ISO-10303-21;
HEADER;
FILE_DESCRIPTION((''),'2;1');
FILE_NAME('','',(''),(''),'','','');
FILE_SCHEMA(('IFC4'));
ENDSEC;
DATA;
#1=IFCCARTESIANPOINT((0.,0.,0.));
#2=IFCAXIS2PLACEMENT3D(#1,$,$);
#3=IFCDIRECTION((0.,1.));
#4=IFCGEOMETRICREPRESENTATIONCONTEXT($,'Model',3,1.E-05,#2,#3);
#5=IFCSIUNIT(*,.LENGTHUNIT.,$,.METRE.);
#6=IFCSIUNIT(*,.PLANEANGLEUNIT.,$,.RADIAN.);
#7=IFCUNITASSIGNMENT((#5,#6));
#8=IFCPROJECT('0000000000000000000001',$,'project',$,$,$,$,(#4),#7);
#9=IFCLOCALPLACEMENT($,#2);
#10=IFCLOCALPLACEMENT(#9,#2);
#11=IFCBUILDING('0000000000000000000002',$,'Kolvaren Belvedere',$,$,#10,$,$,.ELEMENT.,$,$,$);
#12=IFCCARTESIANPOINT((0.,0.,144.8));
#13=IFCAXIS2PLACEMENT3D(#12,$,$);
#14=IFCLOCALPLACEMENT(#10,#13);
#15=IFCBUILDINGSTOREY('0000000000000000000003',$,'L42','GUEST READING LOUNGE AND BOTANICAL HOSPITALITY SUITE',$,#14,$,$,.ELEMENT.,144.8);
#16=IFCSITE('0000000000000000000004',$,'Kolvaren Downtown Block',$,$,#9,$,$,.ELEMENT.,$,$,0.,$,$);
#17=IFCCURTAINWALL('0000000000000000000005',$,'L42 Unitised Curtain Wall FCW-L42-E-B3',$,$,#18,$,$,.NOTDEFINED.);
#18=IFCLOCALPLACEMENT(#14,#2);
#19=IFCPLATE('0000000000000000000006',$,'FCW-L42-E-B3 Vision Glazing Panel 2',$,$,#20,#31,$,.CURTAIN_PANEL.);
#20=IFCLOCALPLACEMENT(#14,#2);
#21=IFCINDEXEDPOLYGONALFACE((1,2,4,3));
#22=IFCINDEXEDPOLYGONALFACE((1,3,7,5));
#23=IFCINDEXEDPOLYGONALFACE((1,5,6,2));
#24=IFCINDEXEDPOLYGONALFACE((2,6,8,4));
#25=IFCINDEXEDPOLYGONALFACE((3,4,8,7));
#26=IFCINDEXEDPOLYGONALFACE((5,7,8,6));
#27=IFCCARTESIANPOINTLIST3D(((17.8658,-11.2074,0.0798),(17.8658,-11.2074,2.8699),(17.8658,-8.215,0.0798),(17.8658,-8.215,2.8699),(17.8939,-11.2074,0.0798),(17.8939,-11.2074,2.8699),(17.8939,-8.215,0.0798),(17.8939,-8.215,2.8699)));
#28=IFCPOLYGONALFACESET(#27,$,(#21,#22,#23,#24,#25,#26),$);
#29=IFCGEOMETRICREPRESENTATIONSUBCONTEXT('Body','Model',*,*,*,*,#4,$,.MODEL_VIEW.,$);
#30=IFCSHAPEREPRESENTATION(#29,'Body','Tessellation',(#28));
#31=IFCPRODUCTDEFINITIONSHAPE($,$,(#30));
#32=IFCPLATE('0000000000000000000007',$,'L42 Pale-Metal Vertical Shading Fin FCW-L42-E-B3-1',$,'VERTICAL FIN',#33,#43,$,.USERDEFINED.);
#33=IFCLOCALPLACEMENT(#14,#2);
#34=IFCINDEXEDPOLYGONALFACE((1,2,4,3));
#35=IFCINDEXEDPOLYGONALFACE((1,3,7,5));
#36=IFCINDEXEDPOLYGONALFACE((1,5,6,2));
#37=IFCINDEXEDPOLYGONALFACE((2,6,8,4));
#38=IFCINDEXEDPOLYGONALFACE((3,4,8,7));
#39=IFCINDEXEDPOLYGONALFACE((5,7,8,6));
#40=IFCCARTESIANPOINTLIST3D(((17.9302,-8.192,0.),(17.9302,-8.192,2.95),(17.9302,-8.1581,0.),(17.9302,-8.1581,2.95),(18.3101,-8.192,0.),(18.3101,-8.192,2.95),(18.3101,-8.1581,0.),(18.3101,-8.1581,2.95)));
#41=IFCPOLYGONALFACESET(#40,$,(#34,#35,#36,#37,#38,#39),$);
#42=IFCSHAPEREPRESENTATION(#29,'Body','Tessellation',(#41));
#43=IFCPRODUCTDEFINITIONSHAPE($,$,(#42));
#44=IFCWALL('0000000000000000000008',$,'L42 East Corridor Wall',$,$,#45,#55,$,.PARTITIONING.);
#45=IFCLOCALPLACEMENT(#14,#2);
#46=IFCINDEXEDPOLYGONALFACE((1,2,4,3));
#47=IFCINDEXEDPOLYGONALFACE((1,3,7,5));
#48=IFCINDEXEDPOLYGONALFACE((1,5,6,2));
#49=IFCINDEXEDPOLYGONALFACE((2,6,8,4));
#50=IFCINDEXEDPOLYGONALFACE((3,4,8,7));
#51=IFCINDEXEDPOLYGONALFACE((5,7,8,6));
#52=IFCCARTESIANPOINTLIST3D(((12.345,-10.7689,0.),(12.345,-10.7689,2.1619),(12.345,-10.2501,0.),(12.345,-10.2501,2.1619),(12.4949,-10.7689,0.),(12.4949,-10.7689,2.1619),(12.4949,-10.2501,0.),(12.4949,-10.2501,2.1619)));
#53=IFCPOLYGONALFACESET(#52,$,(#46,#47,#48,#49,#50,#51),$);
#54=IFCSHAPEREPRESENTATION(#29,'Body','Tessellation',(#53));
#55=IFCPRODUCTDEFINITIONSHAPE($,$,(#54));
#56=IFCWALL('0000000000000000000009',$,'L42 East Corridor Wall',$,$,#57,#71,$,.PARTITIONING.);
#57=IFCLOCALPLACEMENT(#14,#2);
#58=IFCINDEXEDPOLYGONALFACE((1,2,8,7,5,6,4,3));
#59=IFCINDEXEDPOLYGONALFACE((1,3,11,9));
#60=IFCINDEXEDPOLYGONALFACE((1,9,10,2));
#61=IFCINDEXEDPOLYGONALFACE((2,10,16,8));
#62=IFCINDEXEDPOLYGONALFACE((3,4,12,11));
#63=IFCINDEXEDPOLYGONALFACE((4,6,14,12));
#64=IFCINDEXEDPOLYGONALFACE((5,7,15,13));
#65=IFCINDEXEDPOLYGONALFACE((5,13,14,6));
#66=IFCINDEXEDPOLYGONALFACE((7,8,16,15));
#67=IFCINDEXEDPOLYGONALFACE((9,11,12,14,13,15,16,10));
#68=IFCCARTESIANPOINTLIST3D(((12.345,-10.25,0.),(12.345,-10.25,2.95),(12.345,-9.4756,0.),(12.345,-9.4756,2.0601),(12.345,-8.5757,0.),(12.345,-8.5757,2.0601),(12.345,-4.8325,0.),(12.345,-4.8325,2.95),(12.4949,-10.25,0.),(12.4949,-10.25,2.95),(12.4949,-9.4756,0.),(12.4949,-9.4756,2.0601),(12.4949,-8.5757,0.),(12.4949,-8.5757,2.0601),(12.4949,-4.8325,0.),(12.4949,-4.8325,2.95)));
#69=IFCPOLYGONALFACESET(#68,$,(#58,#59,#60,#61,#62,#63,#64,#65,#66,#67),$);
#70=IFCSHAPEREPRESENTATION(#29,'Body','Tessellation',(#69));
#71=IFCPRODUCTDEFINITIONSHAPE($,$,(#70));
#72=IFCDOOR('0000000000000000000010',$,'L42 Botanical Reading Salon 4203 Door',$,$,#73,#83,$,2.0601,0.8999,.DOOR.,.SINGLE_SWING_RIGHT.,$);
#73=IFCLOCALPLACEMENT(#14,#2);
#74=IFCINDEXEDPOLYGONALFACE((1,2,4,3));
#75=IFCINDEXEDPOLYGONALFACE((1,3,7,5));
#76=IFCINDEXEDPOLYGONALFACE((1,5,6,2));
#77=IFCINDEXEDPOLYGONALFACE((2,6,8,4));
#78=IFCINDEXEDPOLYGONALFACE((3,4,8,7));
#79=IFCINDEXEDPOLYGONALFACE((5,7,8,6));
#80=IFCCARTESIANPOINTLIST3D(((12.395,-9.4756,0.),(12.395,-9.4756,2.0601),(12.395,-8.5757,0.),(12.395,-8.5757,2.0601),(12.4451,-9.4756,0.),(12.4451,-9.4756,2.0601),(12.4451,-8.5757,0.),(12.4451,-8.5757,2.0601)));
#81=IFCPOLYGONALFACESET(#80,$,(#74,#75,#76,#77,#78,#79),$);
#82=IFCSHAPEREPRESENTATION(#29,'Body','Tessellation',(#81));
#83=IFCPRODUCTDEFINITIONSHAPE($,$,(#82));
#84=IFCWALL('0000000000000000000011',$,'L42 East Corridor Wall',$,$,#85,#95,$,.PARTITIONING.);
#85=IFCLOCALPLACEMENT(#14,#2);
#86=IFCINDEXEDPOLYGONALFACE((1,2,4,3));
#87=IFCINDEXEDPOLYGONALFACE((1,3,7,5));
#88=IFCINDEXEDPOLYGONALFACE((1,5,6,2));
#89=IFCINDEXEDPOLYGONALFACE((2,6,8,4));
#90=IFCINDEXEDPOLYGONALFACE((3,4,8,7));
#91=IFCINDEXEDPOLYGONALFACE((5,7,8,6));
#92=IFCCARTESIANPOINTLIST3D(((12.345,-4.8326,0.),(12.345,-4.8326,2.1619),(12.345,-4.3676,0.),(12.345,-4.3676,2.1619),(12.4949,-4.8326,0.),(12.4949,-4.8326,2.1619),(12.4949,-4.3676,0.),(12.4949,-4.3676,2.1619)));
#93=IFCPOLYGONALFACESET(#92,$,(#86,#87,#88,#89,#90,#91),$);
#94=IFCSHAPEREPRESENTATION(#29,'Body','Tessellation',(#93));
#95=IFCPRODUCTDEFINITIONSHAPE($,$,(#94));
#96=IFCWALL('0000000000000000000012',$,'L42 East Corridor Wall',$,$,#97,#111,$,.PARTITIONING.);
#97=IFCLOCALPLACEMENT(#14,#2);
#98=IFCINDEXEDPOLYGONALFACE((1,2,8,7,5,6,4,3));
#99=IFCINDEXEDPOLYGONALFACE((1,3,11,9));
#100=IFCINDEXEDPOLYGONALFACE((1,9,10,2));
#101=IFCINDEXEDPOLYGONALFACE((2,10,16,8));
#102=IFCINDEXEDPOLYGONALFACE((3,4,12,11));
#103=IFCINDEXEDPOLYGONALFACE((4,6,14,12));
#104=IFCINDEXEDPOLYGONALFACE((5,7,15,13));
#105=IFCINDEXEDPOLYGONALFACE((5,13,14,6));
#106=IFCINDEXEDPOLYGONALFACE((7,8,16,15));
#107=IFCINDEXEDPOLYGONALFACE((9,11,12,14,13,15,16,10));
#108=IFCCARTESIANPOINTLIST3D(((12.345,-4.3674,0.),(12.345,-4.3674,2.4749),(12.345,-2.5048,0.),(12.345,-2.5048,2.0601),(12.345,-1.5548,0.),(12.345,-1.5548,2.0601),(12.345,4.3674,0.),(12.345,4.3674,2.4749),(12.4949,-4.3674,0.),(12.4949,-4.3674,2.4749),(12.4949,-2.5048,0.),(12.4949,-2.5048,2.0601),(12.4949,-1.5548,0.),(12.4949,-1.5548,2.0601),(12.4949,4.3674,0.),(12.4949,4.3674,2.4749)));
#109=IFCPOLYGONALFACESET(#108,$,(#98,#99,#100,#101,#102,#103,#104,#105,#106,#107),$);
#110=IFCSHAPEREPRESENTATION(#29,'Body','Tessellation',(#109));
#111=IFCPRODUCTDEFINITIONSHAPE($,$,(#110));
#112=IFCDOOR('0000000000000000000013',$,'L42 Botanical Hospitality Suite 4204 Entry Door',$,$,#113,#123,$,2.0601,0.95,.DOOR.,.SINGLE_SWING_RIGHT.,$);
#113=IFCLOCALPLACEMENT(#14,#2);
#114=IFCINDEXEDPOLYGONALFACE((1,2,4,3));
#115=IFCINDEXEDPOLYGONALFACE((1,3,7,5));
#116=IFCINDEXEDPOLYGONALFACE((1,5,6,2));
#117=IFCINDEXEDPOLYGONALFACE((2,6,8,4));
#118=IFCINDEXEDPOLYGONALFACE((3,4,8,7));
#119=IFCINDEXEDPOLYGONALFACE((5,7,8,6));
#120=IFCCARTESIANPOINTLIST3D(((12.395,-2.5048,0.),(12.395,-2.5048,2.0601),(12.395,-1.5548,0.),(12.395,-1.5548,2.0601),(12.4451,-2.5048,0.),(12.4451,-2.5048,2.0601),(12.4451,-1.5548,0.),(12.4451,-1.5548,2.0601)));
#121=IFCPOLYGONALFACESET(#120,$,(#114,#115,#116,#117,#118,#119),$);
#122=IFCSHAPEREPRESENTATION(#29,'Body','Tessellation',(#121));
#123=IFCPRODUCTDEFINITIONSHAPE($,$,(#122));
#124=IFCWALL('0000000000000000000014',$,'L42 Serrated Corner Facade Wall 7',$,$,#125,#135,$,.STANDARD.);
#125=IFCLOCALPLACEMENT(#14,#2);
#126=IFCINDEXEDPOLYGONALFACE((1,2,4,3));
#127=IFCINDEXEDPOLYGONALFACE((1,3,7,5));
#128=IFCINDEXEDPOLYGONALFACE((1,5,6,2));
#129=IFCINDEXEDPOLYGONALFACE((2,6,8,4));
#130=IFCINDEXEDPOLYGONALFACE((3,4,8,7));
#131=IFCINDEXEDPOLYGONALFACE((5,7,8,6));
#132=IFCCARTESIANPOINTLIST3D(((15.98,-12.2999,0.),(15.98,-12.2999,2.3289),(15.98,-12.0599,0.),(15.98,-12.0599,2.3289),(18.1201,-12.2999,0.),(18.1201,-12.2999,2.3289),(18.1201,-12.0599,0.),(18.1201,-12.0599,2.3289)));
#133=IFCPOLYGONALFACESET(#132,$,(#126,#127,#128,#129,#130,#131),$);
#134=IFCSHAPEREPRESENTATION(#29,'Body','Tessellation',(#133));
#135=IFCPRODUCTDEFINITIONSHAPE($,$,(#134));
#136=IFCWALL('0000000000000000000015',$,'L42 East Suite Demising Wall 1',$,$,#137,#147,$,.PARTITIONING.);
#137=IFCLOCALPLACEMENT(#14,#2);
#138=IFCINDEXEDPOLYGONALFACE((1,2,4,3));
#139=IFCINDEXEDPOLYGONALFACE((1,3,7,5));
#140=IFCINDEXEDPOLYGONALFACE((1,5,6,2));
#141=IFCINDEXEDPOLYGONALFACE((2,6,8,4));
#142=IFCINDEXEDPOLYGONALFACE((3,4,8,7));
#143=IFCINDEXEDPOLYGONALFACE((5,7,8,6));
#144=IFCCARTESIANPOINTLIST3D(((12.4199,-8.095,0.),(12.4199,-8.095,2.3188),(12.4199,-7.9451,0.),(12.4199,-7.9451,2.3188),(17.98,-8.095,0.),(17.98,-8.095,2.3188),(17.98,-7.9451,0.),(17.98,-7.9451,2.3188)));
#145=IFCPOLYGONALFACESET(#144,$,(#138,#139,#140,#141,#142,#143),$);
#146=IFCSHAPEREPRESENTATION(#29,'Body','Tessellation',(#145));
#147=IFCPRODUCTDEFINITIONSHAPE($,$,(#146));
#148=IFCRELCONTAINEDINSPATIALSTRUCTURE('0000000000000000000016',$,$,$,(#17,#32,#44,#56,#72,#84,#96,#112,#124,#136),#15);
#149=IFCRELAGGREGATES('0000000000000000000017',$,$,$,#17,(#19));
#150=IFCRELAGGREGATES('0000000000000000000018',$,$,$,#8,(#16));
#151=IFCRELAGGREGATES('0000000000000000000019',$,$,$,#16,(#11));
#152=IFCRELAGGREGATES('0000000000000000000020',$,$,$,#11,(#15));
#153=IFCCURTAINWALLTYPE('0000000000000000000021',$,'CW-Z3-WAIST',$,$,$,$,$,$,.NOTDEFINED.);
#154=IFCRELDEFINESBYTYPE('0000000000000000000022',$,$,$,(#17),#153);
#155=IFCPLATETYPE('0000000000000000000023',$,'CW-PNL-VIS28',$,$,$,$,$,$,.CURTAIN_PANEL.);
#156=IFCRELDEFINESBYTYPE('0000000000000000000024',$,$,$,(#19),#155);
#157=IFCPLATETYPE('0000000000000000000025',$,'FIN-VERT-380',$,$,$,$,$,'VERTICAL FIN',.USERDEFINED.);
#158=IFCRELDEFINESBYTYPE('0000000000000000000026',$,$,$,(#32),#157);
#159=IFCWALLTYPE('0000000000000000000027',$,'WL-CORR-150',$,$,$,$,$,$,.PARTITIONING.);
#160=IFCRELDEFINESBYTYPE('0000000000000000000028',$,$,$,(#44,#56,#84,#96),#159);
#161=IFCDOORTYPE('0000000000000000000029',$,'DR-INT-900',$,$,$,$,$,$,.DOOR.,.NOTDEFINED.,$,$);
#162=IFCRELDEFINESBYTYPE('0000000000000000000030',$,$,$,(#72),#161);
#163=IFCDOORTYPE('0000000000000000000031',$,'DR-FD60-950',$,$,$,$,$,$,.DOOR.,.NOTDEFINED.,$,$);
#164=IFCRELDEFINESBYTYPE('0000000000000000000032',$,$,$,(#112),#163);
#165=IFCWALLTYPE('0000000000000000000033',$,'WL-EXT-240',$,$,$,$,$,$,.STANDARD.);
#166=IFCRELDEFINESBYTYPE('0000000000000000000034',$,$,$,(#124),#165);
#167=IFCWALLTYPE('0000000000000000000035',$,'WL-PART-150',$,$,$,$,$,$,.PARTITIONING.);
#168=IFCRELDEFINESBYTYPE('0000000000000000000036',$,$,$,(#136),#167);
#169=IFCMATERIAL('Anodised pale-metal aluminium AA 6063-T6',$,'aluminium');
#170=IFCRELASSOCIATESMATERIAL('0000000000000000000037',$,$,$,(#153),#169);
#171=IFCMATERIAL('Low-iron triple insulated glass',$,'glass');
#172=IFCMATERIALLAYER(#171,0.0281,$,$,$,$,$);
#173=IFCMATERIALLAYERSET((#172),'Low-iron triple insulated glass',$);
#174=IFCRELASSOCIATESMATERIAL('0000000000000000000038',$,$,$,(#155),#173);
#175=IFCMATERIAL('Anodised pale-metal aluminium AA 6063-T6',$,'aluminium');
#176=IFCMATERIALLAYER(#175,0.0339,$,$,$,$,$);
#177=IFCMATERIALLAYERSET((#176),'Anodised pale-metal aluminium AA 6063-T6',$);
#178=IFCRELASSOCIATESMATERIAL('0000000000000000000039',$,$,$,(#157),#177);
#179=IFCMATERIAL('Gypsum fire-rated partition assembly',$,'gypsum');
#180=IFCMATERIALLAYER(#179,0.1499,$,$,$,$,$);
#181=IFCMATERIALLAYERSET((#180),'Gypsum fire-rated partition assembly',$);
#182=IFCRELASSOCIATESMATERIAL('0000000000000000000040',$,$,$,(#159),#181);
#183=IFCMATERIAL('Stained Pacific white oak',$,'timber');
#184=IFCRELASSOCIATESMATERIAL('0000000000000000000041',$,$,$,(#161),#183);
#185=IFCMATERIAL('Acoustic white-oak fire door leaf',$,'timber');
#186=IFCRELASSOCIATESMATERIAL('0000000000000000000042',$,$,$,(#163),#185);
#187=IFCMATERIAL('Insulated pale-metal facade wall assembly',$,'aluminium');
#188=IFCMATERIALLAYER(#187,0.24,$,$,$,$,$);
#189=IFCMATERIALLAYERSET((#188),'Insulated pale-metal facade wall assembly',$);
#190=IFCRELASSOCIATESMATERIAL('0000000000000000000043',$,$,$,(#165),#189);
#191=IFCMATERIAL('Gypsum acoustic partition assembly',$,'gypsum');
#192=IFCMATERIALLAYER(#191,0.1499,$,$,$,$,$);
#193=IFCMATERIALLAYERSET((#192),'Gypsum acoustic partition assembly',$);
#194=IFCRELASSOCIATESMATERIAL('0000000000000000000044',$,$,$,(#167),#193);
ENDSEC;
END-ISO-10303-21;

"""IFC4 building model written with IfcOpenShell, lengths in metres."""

from ifc_helpers import new_model, si_unit, direction, frame, frame_2d, origin, origin_2d, place, context, subcontext, project, spatial, rectangle, extrude, material, layer, layer_set, type_object, element, fill, aggregate, save


model = new_model("IFC4")

# Units and contexts
model_context = context("Model", 3, precision=1e-05, world=origin(), true_north=direction((0.0, 1.0)))
body_context = subcontext(model_context, "Body", "Model", "MODEL_VIEW")
ifc_project = project(units=[si_unit("LENGTHUNIT", "METRE"), si_unit("PLANEANGLEUNIT", "RADIAN")], contexts=[model_context])

# Site, building, storey
site_placement = place(None, origin())
site = spatial("IfcSite", under=ifc_project, at=site_placement, Name="Kolvaren Downtown Block", CompositionType="ELEMENT", RefElevation=0.0)
building_placement = place(site_placement, origin())
building = spatial("IfcBuilding", under=site, at=building_placement, Name="Kolvaren Belvedere", CompositionType="ELEMENT")
storey_placement = place(building_placement, frame((0.0, 0.0, 144.8)))
storey = spatial("IfcBuildingStorey", under=building, at=storey_placement, Name="L42", Description="GUEST READING LOUNGE AND BOTANICAL HOSPITALITY SUITE", CompositionType="ELEMENT", Elevation=144.8)

# Shared definitions
ifc_material_1 = material(Name="Anodised pale-metal aluminium AA 6063-T6", Category="aluminium")
curtain_wall_type = type_object("IfcCurtainWallType", Name="CW-Z3-WAIST", PredefinedType="NOTDEFINED", material=ifc_material_1)

# Curtain wall
curtain_wall_1_placement = place(storey_placement, origin())
curtain_wall_1 = element("IfcCurtainWall", 1, at=curtain_wall_1_placement, inside=storey, type_object=curtain_wall_type, Name="L42 Unitised Curtain Wall FCW-L42-E-B3", PredefinedType="NOTDEFINED")

# Plates
ifc_material_2 = material(Name="Low-iron triple insulated glass", Category="glass")
ifc_layer_1 = layer(ifc_material_2, 0.0281)
ifc_layer_set_1 = layer_set([ifc_layer_1], Name="Low-iron triple insulated glass")
plate_type_1 = type_object("IfcPlateType", Name="CW-PNL-VIS28", PredefinedType="CURTAIN_PANEL", material=ifc_layer_set_1)
plate_1_placement = place(storey_placement, frame((17.8799, -9.7112, 0.0798), z_axis=(0.0, 0.0, 1.0), x_axis=(0.0, -1.0, 0.0)))
plate_1 = element("IfcPlate", 2, at=plate_1_placement, type_object=plate_type_1, Name="FCW-L42-E-B3 Vision Glazing Panel 2", PredefinedType="CURTAIN_PANEL", context=body_context, shape_type="SweptSolid", body=[
    extrude(rectangle(XDim=2.9924, YDim=0.0281, at=origin_2d()), origin(), (0.0, 0.0, 1.0), 2.79),
])
aggregate(curtain_wall_1, [plate_1])
ifc_material_3 = material(Name="Anodised pale-metal aluminium AA 6063-T6", Category="aluminium")
ifc_layer_2 = layer(ifc_material_3, 0.0339)
ifc_layer_set_2 = layer_set([ifc_layer_2], Name="Anodised pale-metal aluminium AA 6063-T6")
plate_type_2 = type_object("IfcPlateType", Name="FIN-VERT-380", ElementType="VERTICAL FIN", PredefinedType="USERDEFINED", material=ifc_layer_set_2)
plate_2_placement = place(storey_placement, frame((18.1201, -8.175, 0.0), z_axis=(0.0, 0.0, 1.0), x_axis=(1.0, 0.0, 0.0)))
element("IfcPlate", 3, at=plate_2_placement, inside=storey, type_object=plate_type_2, Name="L42 Pale-Metal Vertical Shading Fin FCW-L42-E-B3-1", ObjectType="VERTICAL FIN", PredefinedType="USERDEFINED", context=body_context, shape_type="SweptSolid", body=[
    extrude(rectangle(XDim=0.3799, YDim=0.0339, at=origin_2d()), origin(), (0.0, 0.0, 1.0), 2.95),
])

# Wall
ifc_material_4 = material(Name="Gypsum fire-rated partition assembly", Category="gypsum")
ifc_layer_3 = layer(ifc_material_4, 0.1499)
ifc_layer_set_3 = layer_set([ifc_layer_3], Name="Gypsum fire-rated partition assembly")
wall_type_1 = type_object("IfcWallType", Name="WL-CORR-150", PredefinedType="PARTITIONING", material=ifc_layer_set_3)
wall_1_placement = place(storey_placement, frame((12.4199, -10.7688, 0.0), z_axis=(0.0, 0.0, 1.0), x_axis=(0.0, 1.0, 0.0)))
element("IfcWall", 4, at=wall_1_placement, inside=storey, type_object=wall_type_1, Name="L42 East Corridor Wall", PredefinedType="PARTITIONING", context=body_context, shape_type="SweptSolid", body=[
    extrude(rectangle(XDim=0.5188, YDim=0.1499, at=frame_2d((0.2593, 0.0))), origin(), (0.0, 0.0, 1.0), 2.1619),
])

# Wall, opening, door
wall_2_placement = place(storey_placement, frame((12.4199, -10.25, 0.0), z_axis=(0.0, 0.0, 1.0), x_axis=(0.0, 1.0, 0.0)))
wall_2 = element("IfcWall", 5, at=wall_2_placement, inside=storey, type_object=wall_type_1, Name="L42 East Corridor Wall", PredefinedType="PARTITIONING", context=body_context, shape_type="SweptSolid", body=[
    extrude(rectangle(XDim=5.4175, YDim=0.1499, at=frame_2d((2.7087, 0.0))), origin(), (0.0, 0.0, 1.0), 2.95),
])
opening_1_placement = place(wall_2_placement, frame((0.7744, 0.0, 0.0)))
opening_1 = element("IfcOpeningElement", 6, at=opening_1_placement, cuts=wall_2, PredefinedType="OPENING", context=body_context, shape_type="SweptSolid", body=[
    extrude(rectangle(XDim=0.8999, YDim=2.0601, at=frame_2d((0.45, 1.03))), frame((0.0, 0.085, 0.0), z_axis=(0.0, -1.0, 0.0), x_axis=(1.0, 0.0, 0.0)), (0.0, 0.0, 1.0), 0.1699),
])
ifc_material_5 = material(Name="Stained Pacific white oak", Category="timber")
door_type_1 = type_object("IfcDoorType", Name="DR-INT-900", OperationType="NOTDEFINED", PredefinedType="DOOR", material=ifc_material_5)
door_1_placement = place(opening_1_placement, origin())
door_1 = element("IfcDoor", 7, at=door_1_placement, inside=storey, type_object=door_type_1, Name="L42 Botanical Reading Salon 4203 Door", OperationType="SINGLE_SWING_RIGHT", OverallHeight=2.0601, OverallWidth=0.8999, PredefinedType="DOOR", context=body_context, shape_type="SweptSolid", body=[
    extrude(rectangle(XDim=0.8999, YDim=2.0601, at=frame_2d((0.45, 1.03))), frame((0.0, 0.0249, 0.0), z_axis=(0.0, -1.0, 0.0), x_axis=(1.0, 0.0, 0.0)), (0.0, 0.0, 1.0), 0.05),
])
fill(opening_1, door_1)

# Wall
wall_3_placement = place(storey_placement, frame((12.4199, -4.8325, 0.0), z_axis=(0.0, 0.0, 1.0), x_axis=(0.0, 1.0, 0.0)))
element("IfcWall", 8, at=wall_3_placement, inside=storey, type_object=wall_type_1, Name="L42 East Corridor Wall", PredefinedType="PARTITIONING", context=body_context, shape_type="SweptSolid", body=[
    extrude(rectangle(XDim=0.4651, YDim=0.1499, at=frame_2d((0.2324, 0.0))), origin(), (0.0, 0.0, 1.0), 2.1619),
])

# Wall, opening, door
wall_4_placement = place(storey_placement, frame((12.4199, -4.3674, 0.0), z_axis=(0.0, 0.0, 1.0), x_axis=(0.0, 1.0, 0.0)))
wall_4 = element("IfcWall", 9, at=wall_4_placement, inside=storey, type_object=wall_type_1, Name="L42 East Corridor Wall", PredefinedType="PARTITIONING", context=body_context, shape_type="SweptSolid", body=[
    extrude(rectangle(XDim=8.7349, YDim=0.1499, at=frame_2d((4.3674, 0.0))), origin(), (0.0, 0.0, 1.0), 2.4749),
])
opening_2_placement = place(wall_4_placement, frame((1.8625, 0.0, 0.0)))
opening_2 = element("IfcOpeningElement", 10, at=opening_2_placement, cuts=wall_4, PredefinedType="OPENING", context=body_context, shape_type="SweptSolid", body=[
    extrude(rectangle(XDim=0.95, YDim=2.0601, at=frame_2d((0.4751, 1.03))), frame((0.0, 0.085, 0.0), z_axis=(0.0, -1.0, 0.0), x_axis=(1.0, 0.0, 0.0)), (0.0, 0.0, 1.0), 0.1699),
])
ifc_material_6 = material(Name="Acoustic white-oak fire door leaf", Category="timber")
door_type_2 = type_object("IfcDoorType", Name="DR-FD60-950", OperationType="NOTDEFINED", PredefinedType="DOOR", material=ifc_material_6)
door_2_placement = place(opening_2_placement, origin())
door_2 = element("IfcDoor", 11, at=door_2_placement, inside=storey, type_object=door_type_2, Name="L42 Botanical Hospitality Suite 4204 Entry Door", OperationType="SINGLE_SWING_RIGHT", OverallHeight=2.0601, OverallWidth=0.95, PredefinedType="DOOR", context=body_context, shape_type="SweptSolid", body=[
    extrude(rectangle(XDim=0.95, YDim=2.0601, at=frame_2d((0.4751, 1.03))), frame((0.0, 0.0249, 0.0), z_axis=(0.0, -1.0, 0.0), x_axis=(1.0, 0.0, 0.0)), (0.0, 0.0, 1.0), 0.05),
])
fill(opening_2, door_2)

# Walls
ifc_material_7 = material(Name="Insulated pale-metal facade wall assembly", Category="aluminium")
ifc_layer_4 = layer(ifc_material_7, 0.24)
ifc_layer_set_4 = layer_set([ifc_layer_4], Name="Insulated pale-metal facade wall assembly")
wall_type_2 = type_object("IfcWallType", Name="WL-EXT-240", PredefinedType="STANDARD", material=ifc_layer_set_4)
wall_5_placement = place(storey_placement, frame((18.1201, -12.1799, 0.0), z_axis=(0.0, 0.0, 1.0), x_axis=(-1.0, 0.0, 0.0)))
element("IfcWall", 12, at=wall_5_placement, inside=storey, type_object=wall_type_2, Name="L42 Serrated Corner Facade Wall 7", PredefinedType="STANDARD", context=body_context, shape_type="SweptSolid", body=[
    extrude(rectangle(XDim=2.1401, YDim=0.24, at=frame_2d((1.0701, 0.0))), origin(), (0.0, 0.0, 1.0), 2.3289),
])
ifc_material_8 = material(Name="Gypsum acoustic partition assembly", Category="gypsum")
ifc_layer_5 = layer(ifc_material_8, 0.1499)
ifc_layer_set_5 = layer_set([ifc_layer_5], Name="Gypsum acoustic partition assembly")
wall_type_3 = type_object("IfcWallType", Name="WL-PART-150", PredefinedType="PARTITIONING", material=ifc_layer_set_5)
wall_6_placement = place(storey_placement, frame((12.4199, -8.02, 0.0), z_axis=(0.0, 0.0, 1.0), x_axis=(1.0, 0.0, 0.0)))
element("IfcWall", 13, at=wall_6_placement, inside=storey, type_object=wall_type_3, Name="L42 East Suite Demising Wall 1", PredefinedType="PARTITIONING", context=body_context, shape_type="SweptSolid", body=[
    extrude(rectangle(XDim=5.5601, YDim=0.1499, at=frame_2d((2.78, 0.0))), origin(), (0.0, 0.0, 1.0), 2.3188),
])

save(model, "model.ifc")
